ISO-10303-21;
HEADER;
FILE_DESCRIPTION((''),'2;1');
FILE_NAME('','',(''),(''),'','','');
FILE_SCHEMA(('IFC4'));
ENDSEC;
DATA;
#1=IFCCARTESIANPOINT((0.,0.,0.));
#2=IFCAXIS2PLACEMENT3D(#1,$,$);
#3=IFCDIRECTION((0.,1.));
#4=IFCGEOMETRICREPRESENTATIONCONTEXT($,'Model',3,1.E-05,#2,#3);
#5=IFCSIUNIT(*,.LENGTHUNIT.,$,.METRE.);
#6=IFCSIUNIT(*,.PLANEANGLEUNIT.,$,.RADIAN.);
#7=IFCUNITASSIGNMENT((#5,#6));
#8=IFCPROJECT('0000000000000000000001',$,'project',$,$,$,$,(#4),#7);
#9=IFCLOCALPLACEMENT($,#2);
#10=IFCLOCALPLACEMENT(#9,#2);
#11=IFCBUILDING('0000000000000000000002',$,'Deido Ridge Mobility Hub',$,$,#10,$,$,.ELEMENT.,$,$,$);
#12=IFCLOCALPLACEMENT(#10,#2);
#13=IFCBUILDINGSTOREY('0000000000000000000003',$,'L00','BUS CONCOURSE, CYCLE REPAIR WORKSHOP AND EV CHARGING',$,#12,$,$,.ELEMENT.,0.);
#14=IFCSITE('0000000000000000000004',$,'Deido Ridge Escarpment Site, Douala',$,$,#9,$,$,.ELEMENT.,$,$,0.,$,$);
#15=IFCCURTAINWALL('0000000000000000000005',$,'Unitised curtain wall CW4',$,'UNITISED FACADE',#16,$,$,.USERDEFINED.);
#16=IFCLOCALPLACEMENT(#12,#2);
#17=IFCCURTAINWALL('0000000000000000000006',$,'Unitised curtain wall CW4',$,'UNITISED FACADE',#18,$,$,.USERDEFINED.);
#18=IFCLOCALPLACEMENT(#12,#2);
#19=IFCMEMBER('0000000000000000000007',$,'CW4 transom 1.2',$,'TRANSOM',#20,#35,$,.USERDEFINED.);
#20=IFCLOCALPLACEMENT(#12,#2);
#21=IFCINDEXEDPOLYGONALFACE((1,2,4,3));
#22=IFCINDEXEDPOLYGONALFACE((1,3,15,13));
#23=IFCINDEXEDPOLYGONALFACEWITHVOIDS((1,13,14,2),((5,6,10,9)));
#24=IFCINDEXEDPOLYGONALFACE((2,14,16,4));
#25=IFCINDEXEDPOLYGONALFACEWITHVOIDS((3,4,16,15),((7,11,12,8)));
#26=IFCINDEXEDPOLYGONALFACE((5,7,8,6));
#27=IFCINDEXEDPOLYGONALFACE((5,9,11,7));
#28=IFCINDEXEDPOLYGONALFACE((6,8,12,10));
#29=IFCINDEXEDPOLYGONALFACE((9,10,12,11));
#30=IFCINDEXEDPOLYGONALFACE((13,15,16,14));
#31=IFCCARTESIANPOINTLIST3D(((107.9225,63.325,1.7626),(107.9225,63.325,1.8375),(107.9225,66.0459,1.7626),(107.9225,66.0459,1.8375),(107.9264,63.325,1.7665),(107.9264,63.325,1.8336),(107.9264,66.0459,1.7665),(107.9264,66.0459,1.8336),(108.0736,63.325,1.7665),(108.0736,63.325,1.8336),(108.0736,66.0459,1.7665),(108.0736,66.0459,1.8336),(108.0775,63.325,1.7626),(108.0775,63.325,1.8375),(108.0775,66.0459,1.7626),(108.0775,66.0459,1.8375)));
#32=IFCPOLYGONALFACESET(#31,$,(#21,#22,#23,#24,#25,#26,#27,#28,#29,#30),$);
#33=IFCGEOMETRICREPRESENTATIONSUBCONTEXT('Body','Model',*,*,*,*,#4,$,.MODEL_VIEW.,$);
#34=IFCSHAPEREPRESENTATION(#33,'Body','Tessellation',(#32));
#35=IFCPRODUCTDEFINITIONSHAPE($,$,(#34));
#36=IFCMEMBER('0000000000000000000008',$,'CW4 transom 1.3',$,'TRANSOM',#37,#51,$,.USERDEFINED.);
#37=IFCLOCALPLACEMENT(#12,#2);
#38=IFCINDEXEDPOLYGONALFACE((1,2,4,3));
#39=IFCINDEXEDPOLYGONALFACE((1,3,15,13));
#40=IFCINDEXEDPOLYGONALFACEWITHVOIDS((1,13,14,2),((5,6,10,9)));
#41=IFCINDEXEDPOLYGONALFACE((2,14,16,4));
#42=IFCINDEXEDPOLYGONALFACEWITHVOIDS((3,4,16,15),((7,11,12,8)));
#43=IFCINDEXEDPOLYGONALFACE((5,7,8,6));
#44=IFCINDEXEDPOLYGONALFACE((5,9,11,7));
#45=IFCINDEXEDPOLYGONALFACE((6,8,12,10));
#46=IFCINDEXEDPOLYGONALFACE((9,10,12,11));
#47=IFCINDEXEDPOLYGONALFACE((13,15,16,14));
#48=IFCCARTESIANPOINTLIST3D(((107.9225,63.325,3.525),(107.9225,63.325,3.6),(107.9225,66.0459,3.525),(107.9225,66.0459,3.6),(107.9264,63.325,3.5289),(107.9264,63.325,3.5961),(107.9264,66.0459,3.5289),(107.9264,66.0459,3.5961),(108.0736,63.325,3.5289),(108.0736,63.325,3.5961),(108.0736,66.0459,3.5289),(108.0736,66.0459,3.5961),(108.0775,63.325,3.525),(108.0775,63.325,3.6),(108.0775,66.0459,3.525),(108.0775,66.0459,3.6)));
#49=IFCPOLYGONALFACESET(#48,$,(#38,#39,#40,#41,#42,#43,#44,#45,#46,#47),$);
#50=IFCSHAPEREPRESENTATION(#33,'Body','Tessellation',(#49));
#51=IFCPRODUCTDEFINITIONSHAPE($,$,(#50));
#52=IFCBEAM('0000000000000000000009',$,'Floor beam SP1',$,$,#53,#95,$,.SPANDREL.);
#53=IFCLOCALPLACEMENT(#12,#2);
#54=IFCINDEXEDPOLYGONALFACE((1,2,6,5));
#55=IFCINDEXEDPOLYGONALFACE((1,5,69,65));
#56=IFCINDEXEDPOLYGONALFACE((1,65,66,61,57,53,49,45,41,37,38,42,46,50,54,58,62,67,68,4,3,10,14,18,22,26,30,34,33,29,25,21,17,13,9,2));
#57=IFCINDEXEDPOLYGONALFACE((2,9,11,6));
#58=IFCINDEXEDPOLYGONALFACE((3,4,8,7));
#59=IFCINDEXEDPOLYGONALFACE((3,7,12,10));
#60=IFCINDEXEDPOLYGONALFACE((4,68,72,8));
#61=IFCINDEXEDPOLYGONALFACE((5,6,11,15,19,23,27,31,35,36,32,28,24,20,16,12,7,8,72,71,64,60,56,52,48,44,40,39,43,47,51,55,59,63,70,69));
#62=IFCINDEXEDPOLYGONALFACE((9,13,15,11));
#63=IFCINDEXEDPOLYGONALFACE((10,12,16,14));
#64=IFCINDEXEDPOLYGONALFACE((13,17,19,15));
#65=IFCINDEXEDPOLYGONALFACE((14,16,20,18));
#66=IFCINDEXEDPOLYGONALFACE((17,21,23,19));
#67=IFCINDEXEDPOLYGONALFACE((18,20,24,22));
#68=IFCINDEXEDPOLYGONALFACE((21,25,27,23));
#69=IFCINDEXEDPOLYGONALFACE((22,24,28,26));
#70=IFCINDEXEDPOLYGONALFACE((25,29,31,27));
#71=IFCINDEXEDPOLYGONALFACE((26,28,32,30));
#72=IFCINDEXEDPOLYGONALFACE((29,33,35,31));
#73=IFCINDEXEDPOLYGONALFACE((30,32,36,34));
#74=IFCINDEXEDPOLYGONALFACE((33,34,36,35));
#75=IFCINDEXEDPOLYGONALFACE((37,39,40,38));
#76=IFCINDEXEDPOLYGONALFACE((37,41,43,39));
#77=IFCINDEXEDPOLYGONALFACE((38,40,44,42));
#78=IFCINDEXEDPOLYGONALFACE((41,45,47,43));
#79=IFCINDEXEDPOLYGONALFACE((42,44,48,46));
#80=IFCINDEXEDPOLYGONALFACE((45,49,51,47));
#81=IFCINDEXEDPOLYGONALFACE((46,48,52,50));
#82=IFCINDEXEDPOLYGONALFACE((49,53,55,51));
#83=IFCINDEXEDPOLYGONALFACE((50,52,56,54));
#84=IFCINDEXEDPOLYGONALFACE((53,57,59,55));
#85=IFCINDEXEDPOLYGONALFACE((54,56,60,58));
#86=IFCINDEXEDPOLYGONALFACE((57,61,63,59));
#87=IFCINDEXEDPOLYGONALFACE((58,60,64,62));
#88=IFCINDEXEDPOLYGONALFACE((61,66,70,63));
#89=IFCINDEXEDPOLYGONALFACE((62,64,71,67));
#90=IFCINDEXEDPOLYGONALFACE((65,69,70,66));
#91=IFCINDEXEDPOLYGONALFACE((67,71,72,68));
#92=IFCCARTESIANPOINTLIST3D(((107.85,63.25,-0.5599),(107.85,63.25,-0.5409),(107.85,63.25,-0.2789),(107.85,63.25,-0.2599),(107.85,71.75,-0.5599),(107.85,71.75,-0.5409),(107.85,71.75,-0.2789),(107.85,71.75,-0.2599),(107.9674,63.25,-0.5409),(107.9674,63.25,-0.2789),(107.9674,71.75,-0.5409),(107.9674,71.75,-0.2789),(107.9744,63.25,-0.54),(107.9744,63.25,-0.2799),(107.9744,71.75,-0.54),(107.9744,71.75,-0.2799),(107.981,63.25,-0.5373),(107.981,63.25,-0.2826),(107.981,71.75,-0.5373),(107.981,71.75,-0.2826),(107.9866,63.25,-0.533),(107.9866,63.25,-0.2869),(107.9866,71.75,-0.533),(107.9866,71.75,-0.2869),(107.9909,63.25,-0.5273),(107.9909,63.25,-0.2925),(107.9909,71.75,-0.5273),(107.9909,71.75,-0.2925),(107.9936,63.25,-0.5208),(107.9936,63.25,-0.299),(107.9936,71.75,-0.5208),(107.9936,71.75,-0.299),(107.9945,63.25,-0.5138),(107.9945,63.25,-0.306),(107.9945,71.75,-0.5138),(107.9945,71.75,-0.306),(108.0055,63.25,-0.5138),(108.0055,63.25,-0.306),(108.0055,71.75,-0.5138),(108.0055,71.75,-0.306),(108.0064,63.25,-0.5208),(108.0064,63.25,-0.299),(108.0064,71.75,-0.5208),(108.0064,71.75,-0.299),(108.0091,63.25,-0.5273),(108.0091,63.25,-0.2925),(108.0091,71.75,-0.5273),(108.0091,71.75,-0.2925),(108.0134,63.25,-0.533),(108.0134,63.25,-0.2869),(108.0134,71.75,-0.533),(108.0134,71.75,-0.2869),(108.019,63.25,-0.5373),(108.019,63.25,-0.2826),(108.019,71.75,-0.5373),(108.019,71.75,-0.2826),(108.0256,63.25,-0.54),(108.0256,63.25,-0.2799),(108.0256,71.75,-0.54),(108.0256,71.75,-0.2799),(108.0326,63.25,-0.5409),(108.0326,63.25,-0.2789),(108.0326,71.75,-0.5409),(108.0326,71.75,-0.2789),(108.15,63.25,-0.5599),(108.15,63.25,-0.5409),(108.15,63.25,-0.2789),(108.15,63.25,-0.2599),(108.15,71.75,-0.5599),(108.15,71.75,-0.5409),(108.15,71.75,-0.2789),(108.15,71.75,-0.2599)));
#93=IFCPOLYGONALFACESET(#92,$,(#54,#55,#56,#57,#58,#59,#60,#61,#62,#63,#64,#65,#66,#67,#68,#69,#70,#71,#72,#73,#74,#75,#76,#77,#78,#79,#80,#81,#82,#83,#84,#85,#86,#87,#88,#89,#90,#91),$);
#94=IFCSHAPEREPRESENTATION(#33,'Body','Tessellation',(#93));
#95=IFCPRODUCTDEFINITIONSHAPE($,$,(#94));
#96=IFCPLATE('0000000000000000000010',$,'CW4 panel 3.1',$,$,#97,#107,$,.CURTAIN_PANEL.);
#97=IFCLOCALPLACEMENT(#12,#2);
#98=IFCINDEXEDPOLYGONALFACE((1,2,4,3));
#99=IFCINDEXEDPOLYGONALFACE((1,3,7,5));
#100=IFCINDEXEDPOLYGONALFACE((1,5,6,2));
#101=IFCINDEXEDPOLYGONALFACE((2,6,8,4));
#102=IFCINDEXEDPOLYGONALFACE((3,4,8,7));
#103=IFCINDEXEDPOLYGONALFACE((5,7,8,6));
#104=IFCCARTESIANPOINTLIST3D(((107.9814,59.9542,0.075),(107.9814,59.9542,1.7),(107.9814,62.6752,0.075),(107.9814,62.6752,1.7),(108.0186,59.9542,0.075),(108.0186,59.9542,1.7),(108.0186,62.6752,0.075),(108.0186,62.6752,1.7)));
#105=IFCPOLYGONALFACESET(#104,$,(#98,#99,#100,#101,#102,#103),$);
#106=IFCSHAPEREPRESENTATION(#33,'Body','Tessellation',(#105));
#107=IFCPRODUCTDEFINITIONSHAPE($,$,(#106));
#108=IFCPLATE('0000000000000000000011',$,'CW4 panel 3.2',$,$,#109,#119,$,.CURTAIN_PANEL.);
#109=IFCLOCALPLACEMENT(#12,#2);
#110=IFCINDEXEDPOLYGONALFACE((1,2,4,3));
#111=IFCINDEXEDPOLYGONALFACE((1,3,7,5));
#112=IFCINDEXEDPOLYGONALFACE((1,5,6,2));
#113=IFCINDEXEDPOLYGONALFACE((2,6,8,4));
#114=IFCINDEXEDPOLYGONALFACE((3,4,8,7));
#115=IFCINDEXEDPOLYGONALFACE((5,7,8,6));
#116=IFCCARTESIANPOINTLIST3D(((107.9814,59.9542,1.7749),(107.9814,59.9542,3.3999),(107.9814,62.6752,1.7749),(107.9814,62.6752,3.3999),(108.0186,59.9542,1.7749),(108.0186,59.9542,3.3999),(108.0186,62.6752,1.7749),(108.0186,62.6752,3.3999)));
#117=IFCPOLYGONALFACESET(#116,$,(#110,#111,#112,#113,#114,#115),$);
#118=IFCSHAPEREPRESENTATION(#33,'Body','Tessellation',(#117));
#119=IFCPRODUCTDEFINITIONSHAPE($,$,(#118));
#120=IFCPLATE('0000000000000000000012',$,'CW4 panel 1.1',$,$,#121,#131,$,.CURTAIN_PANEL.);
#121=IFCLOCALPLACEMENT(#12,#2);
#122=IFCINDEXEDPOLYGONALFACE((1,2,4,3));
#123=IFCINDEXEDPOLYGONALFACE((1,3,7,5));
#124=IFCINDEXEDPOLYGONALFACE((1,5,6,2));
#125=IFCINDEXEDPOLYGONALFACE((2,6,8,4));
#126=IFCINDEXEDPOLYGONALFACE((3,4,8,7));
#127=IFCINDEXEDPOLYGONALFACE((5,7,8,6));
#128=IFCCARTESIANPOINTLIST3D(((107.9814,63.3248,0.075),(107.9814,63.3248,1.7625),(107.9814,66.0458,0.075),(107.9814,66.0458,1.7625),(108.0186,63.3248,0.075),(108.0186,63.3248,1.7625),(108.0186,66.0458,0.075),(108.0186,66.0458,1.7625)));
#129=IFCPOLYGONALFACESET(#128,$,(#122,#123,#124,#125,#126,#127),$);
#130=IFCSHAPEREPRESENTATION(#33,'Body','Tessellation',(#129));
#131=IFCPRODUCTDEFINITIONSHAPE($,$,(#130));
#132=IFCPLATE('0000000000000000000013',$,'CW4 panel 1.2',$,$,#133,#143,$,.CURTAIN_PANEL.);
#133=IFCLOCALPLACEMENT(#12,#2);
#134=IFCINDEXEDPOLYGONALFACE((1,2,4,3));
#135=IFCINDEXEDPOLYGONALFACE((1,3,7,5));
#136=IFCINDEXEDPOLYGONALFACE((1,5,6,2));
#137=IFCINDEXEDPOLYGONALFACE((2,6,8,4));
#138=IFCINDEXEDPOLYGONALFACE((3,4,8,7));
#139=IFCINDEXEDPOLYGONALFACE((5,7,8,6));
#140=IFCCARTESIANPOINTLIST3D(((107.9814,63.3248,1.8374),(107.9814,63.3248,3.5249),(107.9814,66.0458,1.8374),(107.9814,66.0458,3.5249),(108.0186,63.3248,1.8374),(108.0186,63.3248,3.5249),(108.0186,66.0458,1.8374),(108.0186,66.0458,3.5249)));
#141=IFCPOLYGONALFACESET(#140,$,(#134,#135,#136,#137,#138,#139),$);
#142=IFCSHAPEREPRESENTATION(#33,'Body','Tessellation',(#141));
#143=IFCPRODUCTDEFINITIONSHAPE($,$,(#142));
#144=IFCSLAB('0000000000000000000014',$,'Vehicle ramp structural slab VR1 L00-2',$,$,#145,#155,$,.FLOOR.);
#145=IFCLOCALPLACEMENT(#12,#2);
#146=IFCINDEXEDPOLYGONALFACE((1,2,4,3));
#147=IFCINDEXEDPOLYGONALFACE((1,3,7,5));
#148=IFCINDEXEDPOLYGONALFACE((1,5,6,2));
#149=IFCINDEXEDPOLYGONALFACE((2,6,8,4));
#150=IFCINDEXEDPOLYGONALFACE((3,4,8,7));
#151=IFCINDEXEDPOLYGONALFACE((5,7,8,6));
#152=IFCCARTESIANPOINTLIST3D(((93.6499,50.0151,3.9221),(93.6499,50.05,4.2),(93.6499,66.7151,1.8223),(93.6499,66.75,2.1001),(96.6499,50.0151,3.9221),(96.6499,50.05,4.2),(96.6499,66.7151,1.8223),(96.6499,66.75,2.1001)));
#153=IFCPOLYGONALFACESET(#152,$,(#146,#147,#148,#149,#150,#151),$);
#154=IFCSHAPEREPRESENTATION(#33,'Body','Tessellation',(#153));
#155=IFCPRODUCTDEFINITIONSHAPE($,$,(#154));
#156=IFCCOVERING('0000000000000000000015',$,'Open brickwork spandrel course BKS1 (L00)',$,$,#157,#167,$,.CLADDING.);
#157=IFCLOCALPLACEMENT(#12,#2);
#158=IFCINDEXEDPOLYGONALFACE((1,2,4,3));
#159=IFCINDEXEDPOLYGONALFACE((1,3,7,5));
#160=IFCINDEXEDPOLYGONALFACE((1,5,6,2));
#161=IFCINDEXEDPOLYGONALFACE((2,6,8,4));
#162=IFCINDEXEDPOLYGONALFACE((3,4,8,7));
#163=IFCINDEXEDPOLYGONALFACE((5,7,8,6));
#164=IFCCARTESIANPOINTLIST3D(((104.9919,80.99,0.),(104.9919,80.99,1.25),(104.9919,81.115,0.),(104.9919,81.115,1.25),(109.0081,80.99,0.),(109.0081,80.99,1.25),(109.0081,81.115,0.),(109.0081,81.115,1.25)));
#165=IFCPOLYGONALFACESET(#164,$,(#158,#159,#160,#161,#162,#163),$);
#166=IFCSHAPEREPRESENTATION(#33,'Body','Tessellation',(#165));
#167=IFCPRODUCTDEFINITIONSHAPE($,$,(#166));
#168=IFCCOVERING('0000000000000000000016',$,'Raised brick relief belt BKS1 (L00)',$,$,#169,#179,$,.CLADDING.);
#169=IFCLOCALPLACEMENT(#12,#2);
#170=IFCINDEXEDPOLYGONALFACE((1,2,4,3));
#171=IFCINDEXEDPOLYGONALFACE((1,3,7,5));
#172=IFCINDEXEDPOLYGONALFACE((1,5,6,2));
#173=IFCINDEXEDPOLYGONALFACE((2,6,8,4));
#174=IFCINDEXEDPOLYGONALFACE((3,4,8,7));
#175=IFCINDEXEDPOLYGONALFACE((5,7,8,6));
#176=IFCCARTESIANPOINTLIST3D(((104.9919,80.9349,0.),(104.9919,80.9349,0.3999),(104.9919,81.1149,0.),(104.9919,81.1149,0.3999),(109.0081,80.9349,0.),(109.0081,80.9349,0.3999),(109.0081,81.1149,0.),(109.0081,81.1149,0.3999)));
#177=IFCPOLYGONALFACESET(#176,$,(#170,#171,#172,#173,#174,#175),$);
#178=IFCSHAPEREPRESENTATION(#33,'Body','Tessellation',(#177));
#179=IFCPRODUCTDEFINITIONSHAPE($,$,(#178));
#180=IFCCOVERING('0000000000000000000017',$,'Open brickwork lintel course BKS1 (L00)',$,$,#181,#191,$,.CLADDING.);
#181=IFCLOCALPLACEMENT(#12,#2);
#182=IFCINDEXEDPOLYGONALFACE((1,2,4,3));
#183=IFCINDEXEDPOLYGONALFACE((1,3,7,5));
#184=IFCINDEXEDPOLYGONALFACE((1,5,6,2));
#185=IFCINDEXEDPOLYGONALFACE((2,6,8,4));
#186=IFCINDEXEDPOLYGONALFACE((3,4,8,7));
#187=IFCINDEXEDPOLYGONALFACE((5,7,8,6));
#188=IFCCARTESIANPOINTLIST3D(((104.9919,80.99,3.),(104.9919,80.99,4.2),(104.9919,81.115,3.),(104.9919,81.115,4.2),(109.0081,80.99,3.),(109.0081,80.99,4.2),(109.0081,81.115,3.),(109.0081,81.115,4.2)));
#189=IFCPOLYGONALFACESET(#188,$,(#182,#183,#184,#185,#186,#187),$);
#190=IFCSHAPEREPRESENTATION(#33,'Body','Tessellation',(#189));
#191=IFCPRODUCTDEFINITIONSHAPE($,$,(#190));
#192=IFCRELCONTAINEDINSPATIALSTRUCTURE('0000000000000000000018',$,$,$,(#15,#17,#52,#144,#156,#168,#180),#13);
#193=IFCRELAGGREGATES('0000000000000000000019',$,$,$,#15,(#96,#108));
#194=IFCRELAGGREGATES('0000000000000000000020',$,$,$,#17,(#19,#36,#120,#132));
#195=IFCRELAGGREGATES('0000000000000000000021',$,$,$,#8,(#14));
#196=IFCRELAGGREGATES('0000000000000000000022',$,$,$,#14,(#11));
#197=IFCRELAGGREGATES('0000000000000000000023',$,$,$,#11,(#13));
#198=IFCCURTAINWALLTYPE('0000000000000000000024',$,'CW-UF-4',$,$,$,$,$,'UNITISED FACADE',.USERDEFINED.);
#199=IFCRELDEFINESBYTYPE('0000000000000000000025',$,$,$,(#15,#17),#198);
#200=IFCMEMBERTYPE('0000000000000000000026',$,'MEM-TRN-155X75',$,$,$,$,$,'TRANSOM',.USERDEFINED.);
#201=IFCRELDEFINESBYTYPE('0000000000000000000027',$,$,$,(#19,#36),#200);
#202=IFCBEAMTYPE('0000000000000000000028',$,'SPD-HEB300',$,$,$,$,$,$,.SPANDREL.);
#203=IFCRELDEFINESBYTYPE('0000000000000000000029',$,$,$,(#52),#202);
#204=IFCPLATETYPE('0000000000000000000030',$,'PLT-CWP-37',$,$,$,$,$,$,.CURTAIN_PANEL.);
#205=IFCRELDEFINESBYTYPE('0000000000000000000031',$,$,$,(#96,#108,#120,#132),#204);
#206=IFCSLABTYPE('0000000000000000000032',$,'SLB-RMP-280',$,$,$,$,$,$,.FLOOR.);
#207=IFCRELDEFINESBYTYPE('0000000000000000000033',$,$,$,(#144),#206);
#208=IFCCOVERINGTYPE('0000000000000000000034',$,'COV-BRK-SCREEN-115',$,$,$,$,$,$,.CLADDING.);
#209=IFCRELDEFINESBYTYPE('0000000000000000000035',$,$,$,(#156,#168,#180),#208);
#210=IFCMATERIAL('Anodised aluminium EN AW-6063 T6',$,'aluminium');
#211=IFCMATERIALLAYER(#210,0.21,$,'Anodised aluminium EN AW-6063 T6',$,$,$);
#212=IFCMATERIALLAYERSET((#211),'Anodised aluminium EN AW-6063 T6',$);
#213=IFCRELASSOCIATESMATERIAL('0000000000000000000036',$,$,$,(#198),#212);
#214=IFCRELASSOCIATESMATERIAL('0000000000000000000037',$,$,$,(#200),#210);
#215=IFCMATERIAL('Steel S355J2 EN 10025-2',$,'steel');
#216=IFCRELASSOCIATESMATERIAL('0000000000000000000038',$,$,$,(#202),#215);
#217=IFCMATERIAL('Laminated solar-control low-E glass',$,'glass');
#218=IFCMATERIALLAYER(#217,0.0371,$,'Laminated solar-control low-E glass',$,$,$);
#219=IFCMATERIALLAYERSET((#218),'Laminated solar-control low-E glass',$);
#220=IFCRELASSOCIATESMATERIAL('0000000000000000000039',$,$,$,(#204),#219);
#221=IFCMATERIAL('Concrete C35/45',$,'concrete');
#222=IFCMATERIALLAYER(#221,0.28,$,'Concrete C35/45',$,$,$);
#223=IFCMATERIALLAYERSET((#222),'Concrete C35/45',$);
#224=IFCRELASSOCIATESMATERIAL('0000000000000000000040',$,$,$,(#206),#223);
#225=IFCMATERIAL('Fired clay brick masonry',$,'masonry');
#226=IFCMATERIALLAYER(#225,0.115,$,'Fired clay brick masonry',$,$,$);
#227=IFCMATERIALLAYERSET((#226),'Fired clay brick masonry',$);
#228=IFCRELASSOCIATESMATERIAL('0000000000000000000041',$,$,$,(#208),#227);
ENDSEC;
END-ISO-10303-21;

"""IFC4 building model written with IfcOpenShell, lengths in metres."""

from ifc_helpers import new_model, si_unit, direction, frame, origin, origin_2d, place, context, subcontext, project, spatial, polyline, rectangle, hollow_rectangle, i_section, outline, extrude, material, layer, layer_set, material_profile, profile_set, type_object, element, aggregate, save


model = new_model("IFC4")

# Units and contexts
model_context = context("Model", 3, precision=1e-05, world=origin(), true_north=direction((0.0, 1.0)))
body_context = subcontext(model_context, "Body", "Model", "MODEL_VIEW")
ifc_project = project(units=[si_unit("LENGTHUNIT", "METRE"), si_unit("PLANEANGLEUNIT", "RADIAN")], contexts=[model_context])

# Site, building, storey
site_placement = place(None, origin())
site = spatial("IfcSite", under=ifc_project, at=site_placement, Name="Deido Ridge Escarpment Site, Douala", CompositionType="ELEMENT", RefElevation=0.0)
building_placement = place(site_placement, origin())
building = spatial("IfcBuilding", under=site, at=building_placement, Name="Deido Ridge Mobility Hub", CompositionType="ELEMENT")
storey_placement = place(building_placement, origin())
storey = spatial("IfcBuildingStorey", under=building, at=storey_placement, Name="L00", Description="BUS CONCOURSE, CYCLE REPAIR WORKSHOP AND EV CHARGING", CompositionType="ELEMENT", Elevation=0.0)

# Shared definitions
ifc_material_1 = material(Name="Steel S355J2 EN 10025-2", Category="steel")

# Curtain walls
ifc_material_2 = material(Name="Anodised aluminium EN AW-6063 T6", Category="aluminium")
ifc_layer_1 = layer(ifc_material_2, 0.21, Name="Anodised aluminium EN AW-6063 T6")
ifc_layer_set_1 = layer_set([ifc_layer_1], Name="Anodised aluminium EN AW-6063 T6")
curtain_wall_type = type_object("IfcCurtainWallType", Name="CW-UF-4", ElementType="UNITISED FACADE", PredefinedType="USERDEFINED", material=ifc_layer_set_1)
curtain_wall_1_placement = place(storey_placement, origin())
curtain_wall_1 = element("IfcCurtainWall", 1, at=curtain_wall_1_placement, inside=storey, type_object=curtain_wall_type, Name="Unitised curtain wall CW4", ObjectType="UNITISED FACADE", PredefinedType="USERDEFINED")
curtain_wall_2_placement = place(storey_placement, origin())
curtain_wall_2 = element("IfcCurtainWall", 2, at=curtain_wall_2_placement, inside=storey, type_object=curtain_wall_type, Name="Unitised curtain wall CW4", ObjectType="UNITISED FACADE", PredefinedType="USERDEFINED")

# Members
ifc_material_profile_1 = material_profile(ifc_material_2, hollow_rectangle(XDim=0.155, YDim=0.075, WallThickness=0.0039, at=origin_2d()), Name="RHS 155x75x4")
ifc_profile_set_1 = profile_set([ifc_material_profile_1], Name="Anodised aluminium EN AW-6063 T6")
member_type_1 = type_object("IfcMemberType", Name="MEM-TRN-155X75", ElementType="TRANSOM", PredefinedType="USERDEFINED", material=ifc_profile_set_1)
member_1_placement = place(storey_placement, frame((108.0, 63.325, 1.8), z_axis=(0.0, 1.0, 0.0), x_axis=(-1.0, 0.0, 0.0)))
member_1 = element("IfcMember", 3, at=member_1_placement, type_object=member_type_1, Name="CW4 transom 1.2", ObjectType="TRANSOM", PredefinedType="USERDEFINED", context=body_context, shape_type="SweptSolid", body=[
    extrude(hollow_rectangle(XDim=0.155, YDim=0.075, WallThickness=0.0039, at=origin_2d()), origin(), (0.0, 0.0, 1.0), 2.7209),
])
member_2_placement = place(storey_placement, frame((108.0, 63.325, 3.5625), z_axis=(0.0, 1.0, 0.0), x_axis=(-1.0, 0.0, 0.0)))
member_2 = element("IfcMember", 4, at=member_2_placement, type_object=member_type_1, Name="CW4 transom 1.3", ObjectType="TRANSOM", PredefinedType="USERDEFINED", context=body_context, shape_type="SweptSolid", body=[
    extrude(hollow_rectangle(XDim=0.155, YDim=0.075, WallThickness=0.0039, at=origin_2d()), origin(), (0.0, 0.0, 1.0), 2.7209),
])

# Beam
ifc_material_profile_2 = material_profile(ifc_material_1, i_section(OverallWidth=0.3, OverallDepth=0.3, WebThickness=0.011, FlangeThickness=0.019, FilletRadius=0.0271, at=origin_2d()), Name="HEB 300")
ifc_profile_set_2 = profile_set([ifc_material_profile_2], Name="Steel S355J2 EN 10025-2")
beam_type_1 = type_object("IfcBeamType", Name="SPD-HEB300", PredefinedType="SPANDREL", material=ifc_profile_set_2)
beam_1_placement = place(storey_placement, frame((108.0, 63.25, -0.4099), z_axis=(0.0, 1.0, 0.0), x_axis=(-1.0, 0.0, 0.0)))
element("IfcBeam", 5, at=beam_1_placement, inside=storey, type_object=beam_type_1, Name="Floor beam SP1", PredefinedType="SPANDREL", context=body_context, shape_type="SweptSolid", body=[
    extrude(i_section(OverallWidth=0.3, OverallDepth=0.3, WebThickness=0.011, FlangeThickness=0.019, FilletRadius=0.0271, at=origin_2d()), origin(), (0.0, 0.0, 1.0), 8.5),
])

# Plates
ifc_material_3 = material(Name="Laminated solar-control low-E glass", Category="glass")
ifc_layer_2 = layer(ifc_material_3, 0.0371, Name="Laminated solar-control low-E glass")
ifc_layer_set_2 = layer_set([ifc_layer_2], Name="Laminated solar-control low-E glass")
plate_type = type_object("IfcPlateType", Name="PLT-CWP-37", PredefinedType="CURTAIN_PANEL", material=ifc_layer_set_2)
plate_1_placement = place(storey_placement, frame((108.0, 61.3147, 0.075), z_axis=(0.0, 0.0, 1.0), x_axis=(0.0, 1.0, 0.0)))
plate_1 = element("IfcPlate", 6, at=plate_1_placement, type_object=plate_type, Name="CW4 panel 3.1", PredefinedType="CURTAIN_PANEL", context=body_context, shape_type="SweptSolid", body=[
    extrude(rectangle(XDim=2.7209, YDim=0.0371, at=origin_2d()), origin(), (0.0, 0.0, 1.0), 1.625),
])
plate_2_placement = place(storey_placement, frame((108.0, 61.3147, 1.7749), z_axis=(0.0, 0.0, 1.0), x_axis=(0.0, 1.0, 0.0)))
plate_2 = element("IfcPlate", 7, at=plate_2_placement, type_object=plate_type, Name="CW4 panel 3.2", PredefinedType="CURTAIN_PANEL", context=body_context, shape_type="SweptSolid", body=[
    extrude(rectangle(XDim=2.7209, YDim=0.0371, at=origin_2d()), origin(), (0.0, 0.0, 1.0), 1.625),
])
aggregate(curtain_wall_1, [plate_1, plate_2])
plate_3_placement = place(storey_placement, frame((108.0, 64.6853, 0.075), z_axis=(0.0, 0.0, 1.0), x_axis=(0.0, 1.0, 0.0)))
plate_3 = element("IfcPlate", 8, at=plate_3_placement, type_object=plate_type, Name="CW4 panel 1.1", PredefinedType="CURTAIN_PANEL", context=body_context, shape_type="SweptSolid", body=[
    extrude(rectangle(XDim=2.7209, YDim=0.0371, at=origin_2d()), origin(), (0.0, 0.0, 1.0), 1.6875),
])
plate_4_placement = place(storey_placement, frame((108.0, 64.6853, 1.8374), z_axis=(0.0, 0.0, 1.0), x_axis=(0.0, 1.0, 0.0)))
plate_4 = element("IfcPlate", 9, at=plate_4_placement, type_object=plate_type, Name="CW4 panel 1.2", PredefinedType="CURTAIN_PANEL", context=body_context, shape_type="SweptSolid", body=[
    extrude(rectangle(XDim=2.7209, YDim=0.0371, at=origin_2d()), origin(), (0.0, 0.0, 1.0), 1.6875),
])
aggregate(curtain_wall_2, [member_1, member_2, plate_3, plate_4])

# Slab
ifc_material_4 = material(Name="Concrete C35/45", Category="concrete")
ifc_layer_3 = layer(ifc_material_4, 0.28, Name="Concrete C35/45")
ifc_layer_set_3 = layer_set([ifc_layer_3], Name="Concrete C35/45")
slab_type = type_object("IfcSlabType", Name="SLB-RMP-280", PredefinedType="FLOOR", material=ifc_layer_set_3)
slab_placement = place(storey_placement, frame((93.6499, 66.75, 2.1001), z_axis=(0.0, 0.124758, 0.992187), x_axis=(1.0, 0.0, 0.0)))
element("IfcSlab", 10, at=slab_placement, inside=storey, type_object=slab_type, Name="Vehicle ramp structural slab VR1 L00-2", PredefinedType="FLOOR", context=body_context, shape_type="SweptSolid", body=[
    extrude(outline(polyline([(0.0, 0.0), (3.0, 0.0), (3.0, -16.8315), (0.0, -16.8315), (0.0, 0.0)])), origin(), (0.0, 0.0, -1.0), 0.28),
])

# Coverings
ifc_material_5 = material(Name="Fired clay brick masonry", Category="masonry")
ifc_layer_4 = layer(ifc_material_5, 0.115, Name="Fired clay brick masonry")
ifc_layer_set_4 = layer_set([ifc_layer_4], Name="Fired clay brick masonry")
covering_type = type_object("IfcCoveringType", Name="COV-BRK-SCREEN-115", PredefinedType="CLADDING", material=ifc_layer_set_4)
covering_1_placement = place(storey_placement, frame((107.0, 81.0525, 0.0), z_axis=(0.0, 0.0, 1.0), x_axis=(1.0, 0.0, 0.0)))
element("IfcCovering", 11, at=covering_1_placement, inside=storey, type_object=covering_type, Name="Open brickwork spandrel course BKS1 (L00)", PredefinedType="CLADDING", context=body_context, shape_type="SweptSolid", body=[
    extrude(rectangle(XDim=4.0161, YDim=0.125, at=origin_2d()), origin(), (0.0, 0.0, 1.0), 1.25),
])
covering_2_placement = place(storey_placement, frame((107.0, 81.0249, 0.0), z_axis=(0.0, 0.0, 1.0), x_axis=(1.0, 0.0, 0.0)))
element("IfcCovering", 12, at=covering_2_placement, inside=storey, type_object=covering_type, Name="Raised brick relief belt BKS1 (L00)", PredefinedType="CLADDING", context=body_context, shape_type="SweptSolid", body=[
    extrude(rectangle(XDim=4.0161, YDim=0.1799, at=origin_2d()), origin(), (0.0, 0.0, 1.0), 0.3999),
])
covering_3_placement = place(storey_placement, frame((107.0, 81.0525, 3.0), z_axis=(0.0, 0.0, 1.0), x_axis=(1.0, 0.0, 0.0)))
element("IfcCovering", 13, at=covering_3_placement, inside=storey, type_object=covering_type, Name="Open brickwork lintel course BKS1 (L00)", PredefinedType="CLADDING", context=body_context, shape_type="SweptSolid", body=[
    extrude(rectangle(XDim=4.0161, YDim=0.125, at=origin_2d()), origin(), (0.0, 0.0, 1.0), 1.2),
])

save(model, "model.ifc")
